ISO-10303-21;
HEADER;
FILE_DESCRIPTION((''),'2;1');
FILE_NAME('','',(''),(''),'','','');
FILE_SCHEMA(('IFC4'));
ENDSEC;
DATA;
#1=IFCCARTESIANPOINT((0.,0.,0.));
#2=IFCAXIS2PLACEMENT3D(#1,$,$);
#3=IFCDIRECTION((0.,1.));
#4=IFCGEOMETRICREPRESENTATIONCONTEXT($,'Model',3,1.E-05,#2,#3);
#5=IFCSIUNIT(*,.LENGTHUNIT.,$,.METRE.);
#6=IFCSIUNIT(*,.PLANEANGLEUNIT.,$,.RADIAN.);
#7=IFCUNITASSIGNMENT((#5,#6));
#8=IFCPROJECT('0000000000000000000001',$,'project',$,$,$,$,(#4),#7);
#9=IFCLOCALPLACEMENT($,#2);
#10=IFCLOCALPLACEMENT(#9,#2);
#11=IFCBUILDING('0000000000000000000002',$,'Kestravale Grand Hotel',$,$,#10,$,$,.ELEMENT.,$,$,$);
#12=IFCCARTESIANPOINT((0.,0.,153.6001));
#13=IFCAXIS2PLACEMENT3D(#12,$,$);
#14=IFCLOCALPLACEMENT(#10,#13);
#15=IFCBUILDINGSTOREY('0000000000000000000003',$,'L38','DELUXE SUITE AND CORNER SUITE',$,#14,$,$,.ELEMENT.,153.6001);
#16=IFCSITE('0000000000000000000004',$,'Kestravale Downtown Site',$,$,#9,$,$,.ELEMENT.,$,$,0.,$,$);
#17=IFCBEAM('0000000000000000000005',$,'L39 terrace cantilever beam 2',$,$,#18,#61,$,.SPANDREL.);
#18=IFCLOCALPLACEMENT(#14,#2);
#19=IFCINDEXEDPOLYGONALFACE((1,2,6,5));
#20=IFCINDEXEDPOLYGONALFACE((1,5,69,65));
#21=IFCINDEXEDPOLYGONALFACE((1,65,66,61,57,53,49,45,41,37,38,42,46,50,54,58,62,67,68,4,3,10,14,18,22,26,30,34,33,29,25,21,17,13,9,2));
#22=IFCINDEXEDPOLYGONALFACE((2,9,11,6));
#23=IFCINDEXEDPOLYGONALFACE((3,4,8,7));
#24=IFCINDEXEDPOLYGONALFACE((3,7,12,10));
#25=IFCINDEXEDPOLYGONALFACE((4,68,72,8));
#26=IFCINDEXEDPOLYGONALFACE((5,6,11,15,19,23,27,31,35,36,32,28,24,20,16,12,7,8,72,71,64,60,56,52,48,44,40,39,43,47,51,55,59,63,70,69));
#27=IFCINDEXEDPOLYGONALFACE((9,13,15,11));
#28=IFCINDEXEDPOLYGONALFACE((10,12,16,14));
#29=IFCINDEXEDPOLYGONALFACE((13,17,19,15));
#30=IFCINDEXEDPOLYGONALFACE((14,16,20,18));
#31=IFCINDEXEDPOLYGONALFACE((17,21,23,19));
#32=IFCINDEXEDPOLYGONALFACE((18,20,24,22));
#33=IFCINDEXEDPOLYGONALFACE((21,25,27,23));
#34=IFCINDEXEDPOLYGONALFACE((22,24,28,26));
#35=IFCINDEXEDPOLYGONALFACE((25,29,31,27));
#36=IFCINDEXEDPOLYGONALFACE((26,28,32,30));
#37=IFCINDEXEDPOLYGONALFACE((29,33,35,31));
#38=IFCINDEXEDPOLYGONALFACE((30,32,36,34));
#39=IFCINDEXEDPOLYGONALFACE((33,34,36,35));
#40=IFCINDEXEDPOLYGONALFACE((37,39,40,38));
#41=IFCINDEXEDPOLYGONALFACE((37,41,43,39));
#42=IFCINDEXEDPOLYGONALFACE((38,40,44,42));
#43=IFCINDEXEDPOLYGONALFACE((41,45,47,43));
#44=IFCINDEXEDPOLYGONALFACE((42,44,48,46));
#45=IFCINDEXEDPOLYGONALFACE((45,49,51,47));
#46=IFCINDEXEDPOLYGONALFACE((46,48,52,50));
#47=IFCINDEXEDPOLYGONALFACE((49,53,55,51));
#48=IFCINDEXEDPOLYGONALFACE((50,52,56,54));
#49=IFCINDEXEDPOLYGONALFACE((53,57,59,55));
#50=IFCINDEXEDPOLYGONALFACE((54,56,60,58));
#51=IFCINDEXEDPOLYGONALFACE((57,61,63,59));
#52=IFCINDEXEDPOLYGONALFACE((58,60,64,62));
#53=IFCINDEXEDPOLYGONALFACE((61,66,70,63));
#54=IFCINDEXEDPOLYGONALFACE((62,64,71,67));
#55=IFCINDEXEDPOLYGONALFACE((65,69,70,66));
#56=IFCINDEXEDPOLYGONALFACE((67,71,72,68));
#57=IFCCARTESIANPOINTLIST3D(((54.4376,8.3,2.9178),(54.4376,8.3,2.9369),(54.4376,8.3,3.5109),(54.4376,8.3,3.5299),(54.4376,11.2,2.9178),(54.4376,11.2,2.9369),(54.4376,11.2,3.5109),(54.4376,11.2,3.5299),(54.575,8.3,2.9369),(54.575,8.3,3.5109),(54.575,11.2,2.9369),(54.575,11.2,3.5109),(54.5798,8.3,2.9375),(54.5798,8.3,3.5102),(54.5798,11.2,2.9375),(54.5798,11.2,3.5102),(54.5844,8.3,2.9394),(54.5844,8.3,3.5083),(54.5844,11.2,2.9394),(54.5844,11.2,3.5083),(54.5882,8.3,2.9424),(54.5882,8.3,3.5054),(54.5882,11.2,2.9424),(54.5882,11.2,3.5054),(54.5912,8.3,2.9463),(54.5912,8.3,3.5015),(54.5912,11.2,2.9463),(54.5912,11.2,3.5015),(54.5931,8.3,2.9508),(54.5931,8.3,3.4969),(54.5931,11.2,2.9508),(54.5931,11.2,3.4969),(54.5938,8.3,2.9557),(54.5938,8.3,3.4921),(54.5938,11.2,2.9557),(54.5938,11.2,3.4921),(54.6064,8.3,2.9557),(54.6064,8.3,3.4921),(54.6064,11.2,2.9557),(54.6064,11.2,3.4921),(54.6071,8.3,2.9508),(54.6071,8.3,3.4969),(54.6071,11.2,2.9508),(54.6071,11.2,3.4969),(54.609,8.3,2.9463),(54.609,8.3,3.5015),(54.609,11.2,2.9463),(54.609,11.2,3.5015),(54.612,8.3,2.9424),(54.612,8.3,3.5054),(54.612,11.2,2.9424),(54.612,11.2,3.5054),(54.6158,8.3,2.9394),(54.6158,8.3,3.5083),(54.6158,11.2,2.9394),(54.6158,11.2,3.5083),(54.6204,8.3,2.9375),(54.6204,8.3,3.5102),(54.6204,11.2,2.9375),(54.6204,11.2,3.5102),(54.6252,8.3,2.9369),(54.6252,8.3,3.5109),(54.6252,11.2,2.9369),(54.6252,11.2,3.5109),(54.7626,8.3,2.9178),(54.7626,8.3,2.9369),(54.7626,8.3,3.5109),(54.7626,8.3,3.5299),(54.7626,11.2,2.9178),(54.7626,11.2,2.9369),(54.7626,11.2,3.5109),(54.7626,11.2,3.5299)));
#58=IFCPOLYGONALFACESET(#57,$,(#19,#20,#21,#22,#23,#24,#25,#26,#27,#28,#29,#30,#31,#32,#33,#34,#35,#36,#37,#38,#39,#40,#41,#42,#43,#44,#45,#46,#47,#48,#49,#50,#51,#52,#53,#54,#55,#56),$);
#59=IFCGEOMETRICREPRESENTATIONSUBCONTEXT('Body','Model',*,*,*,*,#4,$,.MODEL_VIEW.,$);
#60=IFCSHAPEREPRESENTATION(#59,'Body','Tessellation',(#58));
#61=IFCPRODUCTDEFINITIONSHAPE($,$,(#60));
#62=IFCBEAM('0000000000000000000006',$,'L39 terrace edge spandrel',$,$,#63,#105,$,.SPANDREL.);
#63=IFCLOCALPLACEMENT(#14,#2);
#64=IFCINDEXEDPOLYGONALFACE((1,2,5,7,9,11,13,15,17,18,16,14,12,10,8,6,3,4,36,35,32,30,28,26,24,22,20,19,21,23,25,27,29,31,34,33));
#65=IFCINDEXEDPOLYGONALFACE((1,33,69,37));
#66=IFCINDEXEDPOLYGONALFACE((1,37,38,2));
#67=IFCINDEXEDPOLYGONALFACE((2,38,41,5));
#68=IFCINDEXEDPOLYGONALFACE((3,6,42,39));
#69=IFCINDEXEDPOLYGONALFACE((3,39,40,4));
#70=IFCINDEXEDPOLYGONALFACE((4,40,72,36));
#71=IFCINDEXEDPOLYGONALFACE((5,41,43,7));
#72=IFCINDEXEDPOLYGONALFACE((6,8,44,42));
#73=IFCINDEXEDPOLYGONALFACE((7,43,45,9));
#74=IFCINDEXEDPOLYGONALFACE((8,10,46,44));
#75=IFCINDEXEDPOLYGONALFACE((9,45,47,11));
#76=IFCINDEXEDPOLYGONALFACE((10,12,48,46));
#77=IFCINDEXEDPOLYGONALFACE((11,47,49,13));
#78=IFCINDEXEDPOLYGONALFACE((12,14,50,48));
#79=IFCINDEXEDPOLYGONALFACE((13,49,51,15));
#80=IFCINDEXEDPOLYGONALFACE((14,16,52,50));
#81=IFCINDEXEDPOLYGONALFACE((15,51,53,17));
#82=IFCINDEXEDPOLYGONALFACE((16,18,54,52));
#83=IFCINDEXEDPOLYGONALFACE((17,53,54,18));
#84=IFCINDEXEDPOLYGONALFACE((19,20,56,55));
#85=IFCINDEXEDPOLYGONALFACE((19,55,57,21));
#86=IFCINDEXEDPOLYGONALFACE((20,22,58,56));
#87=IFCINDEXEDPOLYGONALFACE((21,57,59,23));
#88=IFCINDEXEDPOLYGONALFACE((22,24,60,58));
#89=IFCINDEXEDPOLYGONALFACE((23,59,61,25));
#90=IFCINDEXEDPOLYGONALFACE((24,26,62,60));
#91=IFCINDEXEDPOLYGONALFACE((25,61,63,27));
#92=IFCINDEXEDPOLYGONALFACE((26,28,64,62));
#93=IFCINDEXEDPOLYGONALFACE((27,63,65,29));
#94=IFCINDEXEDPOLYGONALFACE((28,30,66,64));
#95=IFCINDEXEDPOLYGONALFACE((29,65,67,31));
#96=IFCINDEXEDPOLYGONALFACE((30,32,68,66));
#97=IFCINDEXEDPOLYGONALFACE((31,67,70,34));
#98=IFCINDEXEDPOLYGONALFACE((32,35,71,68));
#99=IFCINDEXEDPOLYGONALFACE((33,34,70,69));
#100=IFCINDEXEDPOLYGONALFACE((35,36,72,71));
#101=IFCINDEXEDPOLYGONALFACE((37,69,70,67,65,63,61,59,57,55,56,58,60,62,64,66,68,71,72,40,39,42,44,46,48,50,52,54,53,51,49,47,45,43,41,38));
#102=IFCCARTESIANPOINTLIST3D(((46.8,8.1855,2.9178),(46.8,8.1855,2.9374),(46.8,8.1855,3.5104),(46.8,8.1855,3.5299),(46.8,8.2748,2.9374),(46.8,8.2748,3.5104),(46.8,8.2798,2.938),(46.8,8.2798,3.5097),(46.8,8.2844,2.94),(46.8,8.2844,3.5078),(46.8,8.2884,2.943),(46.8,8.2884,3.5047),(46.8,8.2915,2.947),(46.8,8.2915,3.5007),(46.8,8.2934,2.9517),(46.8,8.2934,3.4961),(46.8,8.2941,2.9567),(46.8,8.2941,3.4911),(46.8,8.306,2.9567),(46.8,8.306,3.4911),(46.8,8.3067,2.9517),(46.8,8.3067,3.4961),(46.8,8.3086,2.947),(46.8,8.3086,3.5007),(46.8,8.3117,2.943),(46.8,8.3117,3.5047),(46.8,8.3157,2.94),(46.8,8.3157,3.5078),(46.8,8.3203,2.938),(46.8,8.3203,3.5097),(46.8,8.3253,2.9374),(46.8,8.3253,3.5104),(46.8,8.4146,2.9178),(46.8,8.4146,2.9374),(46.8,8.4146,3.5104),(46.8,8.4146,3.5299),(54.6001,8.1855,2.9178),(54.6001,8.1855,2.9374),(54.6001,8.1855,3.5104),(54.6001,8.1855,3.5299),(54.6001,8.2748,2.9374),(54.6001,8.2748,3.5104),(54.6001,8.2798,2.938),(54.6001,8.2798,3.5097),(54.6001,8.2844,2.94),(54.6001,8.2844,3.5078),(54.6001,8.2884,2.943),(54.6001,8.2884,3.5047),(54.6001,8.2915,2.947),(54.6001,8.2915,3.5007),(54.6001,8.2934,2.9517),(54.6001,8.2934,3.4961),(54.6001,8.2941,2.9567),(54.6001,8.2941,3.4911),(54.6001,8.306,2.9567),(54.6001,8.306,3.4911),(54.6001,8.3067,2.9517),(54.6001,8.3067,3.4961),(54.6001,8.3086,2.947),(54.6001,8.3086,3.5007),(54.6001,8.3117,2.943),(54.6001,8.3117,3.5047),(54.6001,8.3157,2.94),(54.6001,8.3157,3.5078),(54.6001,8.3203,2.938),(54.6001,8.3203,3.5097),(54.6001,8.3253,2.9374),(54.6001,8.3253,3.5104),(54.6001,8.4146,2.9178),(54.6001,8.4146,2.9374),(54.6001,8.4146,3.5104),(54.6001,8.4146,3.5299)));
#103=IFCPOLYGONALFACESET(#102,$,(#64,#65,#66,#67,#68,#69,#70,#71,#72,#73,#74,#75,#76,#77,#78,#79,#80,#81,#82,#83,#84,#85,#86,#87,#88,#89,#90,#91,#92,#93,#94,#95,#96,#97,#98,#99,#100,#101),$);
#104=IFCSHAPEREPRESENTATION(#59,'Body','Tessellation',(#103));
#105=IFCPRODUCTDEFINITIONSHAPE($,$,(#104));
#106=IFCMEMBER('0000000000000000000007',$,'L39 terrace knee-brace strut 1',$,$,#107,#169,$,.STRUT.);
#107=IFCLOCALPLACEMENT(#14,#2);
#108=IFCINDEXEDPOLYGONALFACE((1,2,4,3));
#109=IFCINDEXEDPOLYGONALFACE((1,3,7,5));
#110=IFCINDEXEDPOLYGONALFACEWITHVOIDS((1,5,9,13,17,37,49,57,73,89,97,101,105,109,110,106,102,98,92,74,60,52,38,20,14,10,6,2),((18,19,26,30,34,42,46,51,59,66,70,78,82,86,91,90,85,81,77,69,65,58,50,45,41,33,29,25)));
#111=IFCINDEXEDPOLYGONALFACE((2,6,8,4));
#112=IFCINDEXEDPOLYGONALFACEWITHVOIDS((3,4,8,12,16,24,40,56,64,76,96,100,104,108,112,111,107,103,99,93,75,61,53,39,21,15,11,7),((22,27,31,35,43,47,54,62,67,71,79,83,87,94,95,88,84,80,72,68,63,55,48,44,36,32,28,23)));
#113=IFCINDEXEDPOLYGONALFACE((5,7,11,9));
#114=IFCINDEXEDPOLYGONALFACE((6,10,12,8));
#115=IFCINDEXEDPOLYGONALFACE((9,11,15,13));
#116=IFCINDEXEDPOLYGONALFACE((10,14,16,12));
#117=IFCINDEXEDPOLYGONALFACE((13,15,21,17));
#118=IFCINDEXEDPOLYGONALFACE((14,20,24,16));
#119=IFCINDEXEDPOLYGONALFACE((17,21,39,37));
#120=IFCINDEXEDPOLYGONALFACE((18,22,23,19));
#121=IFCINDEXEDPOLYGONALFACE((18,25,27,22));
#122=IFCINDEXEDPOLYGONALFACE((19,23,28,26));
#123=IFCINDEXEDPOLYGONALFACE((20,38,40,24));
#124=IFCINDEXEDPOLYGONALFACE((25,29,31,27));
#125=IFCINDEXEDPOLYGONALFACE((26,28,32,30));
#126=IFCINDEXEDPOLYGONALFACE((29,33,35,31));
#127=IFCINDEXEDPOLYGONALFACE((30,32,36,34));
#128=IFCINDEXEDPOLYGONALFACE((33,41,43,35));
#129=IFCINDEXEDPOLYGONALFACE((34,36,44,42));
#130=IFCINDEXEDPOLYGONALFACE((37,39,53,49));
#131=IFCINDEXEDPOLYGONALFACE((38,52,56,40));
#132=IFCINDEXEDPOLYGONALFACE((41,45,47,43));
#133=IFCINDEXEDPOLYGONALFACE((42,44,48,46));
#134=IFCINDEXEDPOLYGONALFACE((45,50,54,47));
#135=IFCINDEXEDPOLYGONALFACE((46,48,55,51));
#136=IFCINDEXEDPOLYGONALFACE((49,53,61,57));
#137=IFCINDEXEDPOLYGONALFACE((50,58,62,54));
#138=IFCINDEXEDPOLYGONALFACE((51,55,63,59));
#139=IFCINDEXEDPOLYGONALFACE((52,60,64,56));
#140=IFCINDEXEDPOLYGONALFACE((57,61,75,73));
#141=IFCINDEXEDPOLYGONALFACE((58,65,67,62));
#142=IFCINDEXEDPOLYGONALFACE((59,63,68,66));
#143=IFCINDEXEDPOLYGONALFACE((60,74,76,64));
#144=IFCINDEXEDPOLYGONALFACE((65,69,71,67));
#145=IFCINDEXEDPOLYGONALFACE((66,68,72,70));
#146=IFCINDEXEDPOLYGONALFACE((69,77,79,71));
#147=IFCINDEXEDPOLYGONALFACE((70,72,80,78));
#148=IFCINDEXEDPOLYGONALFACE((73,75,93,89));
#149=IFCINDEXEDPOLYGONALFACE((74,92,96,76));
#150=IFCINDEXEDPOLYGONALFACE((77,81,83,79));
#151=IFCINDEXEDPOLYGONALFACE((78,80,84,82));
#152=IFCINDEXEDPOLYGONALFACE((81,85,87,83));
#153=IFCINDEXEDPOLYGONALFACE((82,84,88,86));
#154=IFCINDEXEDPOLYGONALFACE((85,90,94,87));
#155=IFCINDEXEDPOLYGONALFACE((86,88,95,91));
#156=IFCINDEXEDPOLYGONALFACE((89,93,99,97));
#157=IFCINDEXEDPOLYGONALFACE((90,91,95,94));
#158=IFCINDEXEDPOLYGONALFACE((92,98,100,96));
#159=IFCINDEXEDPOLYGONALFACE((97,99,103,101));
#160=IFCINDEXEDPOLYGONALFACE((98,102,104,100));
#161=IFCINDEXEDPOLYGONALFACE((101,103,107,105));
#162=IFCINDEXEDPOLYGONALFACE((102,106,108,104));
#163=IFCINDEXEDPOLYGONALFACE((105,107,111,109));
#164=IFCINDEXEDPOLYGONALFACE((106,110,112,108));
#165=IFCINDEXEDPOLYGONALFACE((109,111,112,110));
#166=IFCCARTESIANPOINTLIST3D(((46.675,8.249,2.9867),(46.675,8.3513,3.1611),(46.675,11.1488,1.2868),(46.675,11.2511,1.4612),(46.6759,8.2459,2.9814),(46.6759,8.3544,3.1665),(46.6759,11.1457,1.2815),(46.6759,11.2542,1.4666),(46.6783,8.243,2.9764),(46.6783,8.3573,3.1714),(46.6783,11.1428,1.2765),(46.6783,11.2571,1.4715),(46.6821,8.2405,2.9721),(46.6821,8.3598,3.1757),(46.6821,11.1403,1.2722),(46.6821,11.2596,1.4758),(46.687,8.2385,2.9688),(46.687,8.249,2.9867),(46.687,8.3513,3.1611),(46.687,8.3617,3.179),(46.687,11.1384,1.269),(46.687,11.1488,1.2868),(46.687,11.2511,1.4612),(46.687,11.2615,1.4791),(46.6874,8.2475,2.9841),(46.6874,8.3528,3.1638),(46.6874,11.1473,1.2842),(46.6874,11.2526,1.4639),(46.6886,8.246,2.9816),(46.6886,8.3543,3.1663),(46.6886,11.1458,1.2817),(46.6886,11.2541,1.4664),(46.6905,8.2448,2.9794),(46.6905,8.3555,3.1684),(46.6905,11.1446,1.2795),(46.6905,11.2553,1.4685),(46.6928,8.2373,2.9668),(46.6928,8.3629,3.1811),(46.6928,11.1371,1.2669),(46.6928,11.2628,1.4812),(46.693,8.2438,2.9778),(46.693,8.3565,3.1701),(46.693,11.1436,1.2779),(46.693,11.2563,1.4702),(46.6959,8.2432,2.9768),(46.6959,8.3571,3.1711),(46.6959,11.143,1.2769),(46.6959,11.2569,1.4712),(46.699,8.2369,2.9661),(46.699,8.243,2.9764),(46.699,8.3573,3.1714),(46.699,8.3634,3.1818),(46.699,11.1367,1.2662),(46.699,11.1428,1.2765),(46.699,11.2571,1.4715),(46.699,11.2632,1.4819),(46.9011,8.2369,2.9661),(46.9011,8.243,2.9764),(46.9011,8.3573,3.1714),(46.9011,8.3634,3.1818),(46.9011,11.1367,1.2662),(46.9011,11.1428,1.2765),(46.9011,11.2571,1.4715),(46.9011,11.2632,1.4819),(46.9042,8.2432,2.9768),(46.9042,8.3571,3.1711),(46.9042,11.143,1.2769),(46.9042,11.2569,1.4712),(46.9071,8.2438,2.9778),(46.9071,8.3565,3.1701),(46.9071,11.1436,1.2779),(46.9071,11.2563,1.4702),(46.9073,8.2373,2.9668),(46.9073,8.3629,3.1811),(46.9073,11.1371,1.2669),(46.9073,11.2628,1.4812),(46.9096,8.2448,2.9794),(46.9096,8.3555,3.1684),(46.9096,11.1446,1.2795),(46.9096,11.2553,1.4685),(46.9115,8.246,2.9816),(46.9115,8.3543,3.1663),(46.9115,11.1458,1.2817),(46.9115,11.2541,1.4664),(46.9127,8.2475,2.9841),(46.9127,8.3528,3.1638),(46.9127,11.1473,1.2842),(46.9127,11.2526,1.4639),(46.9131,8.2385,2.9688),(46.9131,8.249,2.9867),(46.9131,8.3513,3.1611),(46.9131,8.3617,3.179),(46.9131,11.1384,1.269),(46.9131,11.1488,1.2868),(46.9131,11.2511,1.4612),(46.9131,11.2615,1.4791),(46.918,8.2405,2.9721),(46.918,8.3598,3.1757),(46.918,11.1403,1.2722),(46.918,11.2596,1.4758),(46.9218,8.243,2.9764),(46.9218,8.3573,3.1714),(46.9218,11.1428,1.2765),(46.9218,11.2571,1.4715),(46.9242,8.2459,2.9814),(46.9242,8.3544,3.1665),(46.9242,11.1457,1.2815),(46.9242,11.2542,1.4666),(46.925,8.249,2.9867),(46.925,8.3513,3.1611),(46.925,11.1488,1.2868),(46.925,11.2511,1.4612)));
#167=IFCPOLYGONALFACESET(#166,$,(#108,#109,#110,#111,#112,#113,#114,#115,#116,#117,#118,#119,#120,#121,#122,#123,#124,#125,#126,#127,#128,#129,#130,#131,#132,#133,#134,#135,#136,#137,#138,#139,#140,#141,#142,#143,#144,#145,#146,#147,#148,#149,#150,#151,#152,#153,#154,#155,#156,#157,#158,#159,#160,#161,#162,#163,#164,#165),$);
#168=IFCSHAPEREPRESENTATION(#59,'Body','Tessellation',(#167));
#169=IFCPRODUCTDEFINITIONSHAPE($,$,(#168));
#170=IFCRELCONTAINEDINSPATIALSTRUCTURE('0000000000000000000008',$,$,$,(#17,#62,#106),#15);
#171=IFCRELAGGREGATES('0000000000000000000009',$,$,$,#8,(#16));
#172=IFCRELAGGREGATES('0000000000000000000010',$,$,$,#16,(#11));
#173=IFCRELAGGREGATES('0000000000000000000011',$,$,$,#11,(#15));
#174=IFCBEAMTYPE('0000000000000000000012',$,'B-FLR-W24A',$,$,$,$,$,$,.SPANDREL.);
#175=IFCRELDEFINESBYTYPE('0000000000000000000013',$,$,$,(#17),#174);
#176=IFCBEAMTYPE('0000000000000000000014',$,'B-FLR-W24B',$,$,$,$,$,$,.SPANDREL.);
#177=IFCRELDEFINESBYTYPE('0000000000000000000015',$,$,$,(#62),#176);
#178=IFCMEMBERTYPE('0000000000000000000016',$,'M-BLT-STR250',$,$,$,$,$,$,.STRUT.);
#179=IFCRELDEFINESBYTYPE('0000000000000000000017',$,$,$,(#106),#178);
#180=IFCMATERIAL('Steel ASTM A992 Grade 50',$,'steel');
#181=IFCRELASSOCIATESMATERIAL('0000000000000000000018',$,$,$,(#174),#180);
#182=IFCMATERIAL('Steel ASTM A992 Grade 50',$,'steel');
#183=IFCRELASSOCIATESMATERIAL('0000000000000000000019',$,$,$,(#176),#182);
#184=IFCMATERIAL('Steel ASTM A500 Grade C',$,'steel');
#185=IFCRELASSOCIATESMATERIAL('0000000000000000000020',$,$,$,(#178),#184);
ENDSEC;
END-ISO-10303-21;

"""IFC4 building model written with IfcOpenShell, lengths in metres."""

from ifc_helpers import new_model, si_unit, direction, frame, origin, origin_2d, place, context, subcontext, project, spatial, hollow_rectangle, i_section, extrude, material, material_profile, profile_set, type_object, element, save


model = new_model("IFC4")

# Units and contexts
model_context = context("Model", 3, precision=1e-05, world=origin(), true_north=direction((0.0, 1.0)))
body_context = subcontext(model_context, "Body", "Model", "MODEL_VIEW")
ifc_project = project(units=[si_unit("LENGTHUNIT", "METRE"), si_unit("PLANEANGLEUNIT", "RADIAN")], contexts=[model_context])

# Site, building, storey
site_placement = place(None, origin())
site = spatial("IfcSite", under=ifc_project, at=site_placement, Name="Kestravale Downtown Site", CompositionType="ELEMENT", RefElevation=0.0)
building_placement = place(site_placement, origin())
building = spatial("IfcBuilding", under=site, at=building_placement, Name="Kestravale Grand Hotel", CompositionType="ELEMENT")
storey_placement = place(building_placement, frame((0.0, 0.0, 153.6001)))
storey = spatial("IfcBuildingStorey", under=building, at=storey_placement, Name="L38", Description="DELUXE SUITE AND CORNER SUITE", CompositionType="ELEMENT", Elevation=153.6001)

# Beams
ifc_material_1 = material(Name="Steel ASTM A992 Grade 50", Category="steel")
ifc_material_profile_1 = material_profile(ifc_material_1, i_section(OverallWidth=0.325, OverallDepth=0.6121, WebThickness=0.0127, FlangeThickness=0.019, FilletRadius=0.0188, at=origin_2d()))
ifc_profile_set_1 = profile_set([ifc_material_profile_1], Name="Steel ASTM A992 Grade 50")
beam_type_1 = type_object("IfcBeamType", Name="B-FLR-W24A", PredefinedType="SPANDREL", material=ifc_profile_set_1)
for number, where, z_axis, x_axis, name in (
    (1, (54.6001, 11.2, 3.2239), (0.0, -1.0, 0.0), (1.0, 0.0, 0.0), "L39 terrace cantilever beam 2"),
):
    element("IfcBeam", number, at=place(storey_placement, frame(where, z_axis=z_axis, x_axis=x_axis)), inside=storey, type_object=beam_type_1, Name=name, PredefinedType="SPANDREL", context=body_context, shape_type="SweptSolid", body=[
        extrude(i_section(OverallWidth=0.325, OverallDepth=0.6121, WebThickness=0.0127, FlangeThickness=0.019, FilletRadius=0.0188, at=origin_2d()), origin(), (0.0, 0.0, 1.0), 2.8999),
    ])
ifc_material_2 = material(Name="Steel ASTM A992 Grade 50", Category="steel")
ifc_material_profile_2 = material_profile(ifc_material_2, i_section(OverallWidth=0.229, OverallDepth=0.6121, WebThickness=0.012, FlangeThickness=0.0195, FilletRadius=0.0193, at=origin_2d()))
ifc_profile_set_2 = profile_set([ifc_material_profile_2], Name="Steel ASTM A992 Grade 50")
beam_type_2 = type_object("IfcBeamType", Name="B-FLR-W24B", PredefinedType="SPANDREL", material=ifc_profile_set_2)
beam_1_placement = place(storey_placement, frame((46.8, 8.3, 3.2239), z_axis=(1.0, 0.0, 0.0), x_axis=(0.0, 1.0, 0.0)))
element("IfcBeam", 2, at=beam_1_placement, inside=storey, type_object=beam_type_2, Name="L39 terrace edge spandrel", PredefinedType="SPANDREL", context=body_context, shape_type="SweptSolid", body=[
    extrude(i_section(OverallWidth=0.229, OverallDepth=0.6121, WebThickness=0.012, FlangeThickness=0.0195, FilletRadius=0.0193, at=origin_2d()), origin(), (0.0, 0.0, 1.0), 7.8),
])

# Member
ifc_material_3 = material(Name="Steel ASTM A500 Grade C", Category="steel")
ifc_material_profile_3 = material_profile(ifc_material_3, hollow_rectangle(XDim=0.25, YDim=0.25, WallThickness=0.012, InnerFilletRadius=0.012, OuterFilletRadius=0.0239, at=origin_2d()))
ifc_profile_set_3 = profile_set([ifc_material_profile_3], Name="Steel ASTM A500 Grade C")
member_type = type_object("IfcMemberType", Name="M-BLT-STR250", PredefinedType="STRUT", material=ifc_profile_set_3)
for number, where, z_axis, x_axis, name in (
    (3, (46.8, 11.2, 1.374), (0.0, -0.862697, 0.505721), (1.0, 0.0, 0.0), "L39 terrace knee-brace strut 1"),
):
    element("IfcMember", number, at=place(storey_placement, frame(where, z_axis=z_axis, x_axis=x_axis)), inside=storey, type_object=member_type, Name=name, PredefinedType="STRUT", context=body_context, shape_type="SweptSolid", body=[
        extrude(hollow_rectangle(XDim=0.25, YDim=0.25, WallThickness=0.012, InnerFilletRadius=0.012, OuterFilletRadius=0.0239, at=origin_2d()), origin(), (0.0, 0.0, 1.0), 3.3613),
    ])

save(model, "model.ifc")
